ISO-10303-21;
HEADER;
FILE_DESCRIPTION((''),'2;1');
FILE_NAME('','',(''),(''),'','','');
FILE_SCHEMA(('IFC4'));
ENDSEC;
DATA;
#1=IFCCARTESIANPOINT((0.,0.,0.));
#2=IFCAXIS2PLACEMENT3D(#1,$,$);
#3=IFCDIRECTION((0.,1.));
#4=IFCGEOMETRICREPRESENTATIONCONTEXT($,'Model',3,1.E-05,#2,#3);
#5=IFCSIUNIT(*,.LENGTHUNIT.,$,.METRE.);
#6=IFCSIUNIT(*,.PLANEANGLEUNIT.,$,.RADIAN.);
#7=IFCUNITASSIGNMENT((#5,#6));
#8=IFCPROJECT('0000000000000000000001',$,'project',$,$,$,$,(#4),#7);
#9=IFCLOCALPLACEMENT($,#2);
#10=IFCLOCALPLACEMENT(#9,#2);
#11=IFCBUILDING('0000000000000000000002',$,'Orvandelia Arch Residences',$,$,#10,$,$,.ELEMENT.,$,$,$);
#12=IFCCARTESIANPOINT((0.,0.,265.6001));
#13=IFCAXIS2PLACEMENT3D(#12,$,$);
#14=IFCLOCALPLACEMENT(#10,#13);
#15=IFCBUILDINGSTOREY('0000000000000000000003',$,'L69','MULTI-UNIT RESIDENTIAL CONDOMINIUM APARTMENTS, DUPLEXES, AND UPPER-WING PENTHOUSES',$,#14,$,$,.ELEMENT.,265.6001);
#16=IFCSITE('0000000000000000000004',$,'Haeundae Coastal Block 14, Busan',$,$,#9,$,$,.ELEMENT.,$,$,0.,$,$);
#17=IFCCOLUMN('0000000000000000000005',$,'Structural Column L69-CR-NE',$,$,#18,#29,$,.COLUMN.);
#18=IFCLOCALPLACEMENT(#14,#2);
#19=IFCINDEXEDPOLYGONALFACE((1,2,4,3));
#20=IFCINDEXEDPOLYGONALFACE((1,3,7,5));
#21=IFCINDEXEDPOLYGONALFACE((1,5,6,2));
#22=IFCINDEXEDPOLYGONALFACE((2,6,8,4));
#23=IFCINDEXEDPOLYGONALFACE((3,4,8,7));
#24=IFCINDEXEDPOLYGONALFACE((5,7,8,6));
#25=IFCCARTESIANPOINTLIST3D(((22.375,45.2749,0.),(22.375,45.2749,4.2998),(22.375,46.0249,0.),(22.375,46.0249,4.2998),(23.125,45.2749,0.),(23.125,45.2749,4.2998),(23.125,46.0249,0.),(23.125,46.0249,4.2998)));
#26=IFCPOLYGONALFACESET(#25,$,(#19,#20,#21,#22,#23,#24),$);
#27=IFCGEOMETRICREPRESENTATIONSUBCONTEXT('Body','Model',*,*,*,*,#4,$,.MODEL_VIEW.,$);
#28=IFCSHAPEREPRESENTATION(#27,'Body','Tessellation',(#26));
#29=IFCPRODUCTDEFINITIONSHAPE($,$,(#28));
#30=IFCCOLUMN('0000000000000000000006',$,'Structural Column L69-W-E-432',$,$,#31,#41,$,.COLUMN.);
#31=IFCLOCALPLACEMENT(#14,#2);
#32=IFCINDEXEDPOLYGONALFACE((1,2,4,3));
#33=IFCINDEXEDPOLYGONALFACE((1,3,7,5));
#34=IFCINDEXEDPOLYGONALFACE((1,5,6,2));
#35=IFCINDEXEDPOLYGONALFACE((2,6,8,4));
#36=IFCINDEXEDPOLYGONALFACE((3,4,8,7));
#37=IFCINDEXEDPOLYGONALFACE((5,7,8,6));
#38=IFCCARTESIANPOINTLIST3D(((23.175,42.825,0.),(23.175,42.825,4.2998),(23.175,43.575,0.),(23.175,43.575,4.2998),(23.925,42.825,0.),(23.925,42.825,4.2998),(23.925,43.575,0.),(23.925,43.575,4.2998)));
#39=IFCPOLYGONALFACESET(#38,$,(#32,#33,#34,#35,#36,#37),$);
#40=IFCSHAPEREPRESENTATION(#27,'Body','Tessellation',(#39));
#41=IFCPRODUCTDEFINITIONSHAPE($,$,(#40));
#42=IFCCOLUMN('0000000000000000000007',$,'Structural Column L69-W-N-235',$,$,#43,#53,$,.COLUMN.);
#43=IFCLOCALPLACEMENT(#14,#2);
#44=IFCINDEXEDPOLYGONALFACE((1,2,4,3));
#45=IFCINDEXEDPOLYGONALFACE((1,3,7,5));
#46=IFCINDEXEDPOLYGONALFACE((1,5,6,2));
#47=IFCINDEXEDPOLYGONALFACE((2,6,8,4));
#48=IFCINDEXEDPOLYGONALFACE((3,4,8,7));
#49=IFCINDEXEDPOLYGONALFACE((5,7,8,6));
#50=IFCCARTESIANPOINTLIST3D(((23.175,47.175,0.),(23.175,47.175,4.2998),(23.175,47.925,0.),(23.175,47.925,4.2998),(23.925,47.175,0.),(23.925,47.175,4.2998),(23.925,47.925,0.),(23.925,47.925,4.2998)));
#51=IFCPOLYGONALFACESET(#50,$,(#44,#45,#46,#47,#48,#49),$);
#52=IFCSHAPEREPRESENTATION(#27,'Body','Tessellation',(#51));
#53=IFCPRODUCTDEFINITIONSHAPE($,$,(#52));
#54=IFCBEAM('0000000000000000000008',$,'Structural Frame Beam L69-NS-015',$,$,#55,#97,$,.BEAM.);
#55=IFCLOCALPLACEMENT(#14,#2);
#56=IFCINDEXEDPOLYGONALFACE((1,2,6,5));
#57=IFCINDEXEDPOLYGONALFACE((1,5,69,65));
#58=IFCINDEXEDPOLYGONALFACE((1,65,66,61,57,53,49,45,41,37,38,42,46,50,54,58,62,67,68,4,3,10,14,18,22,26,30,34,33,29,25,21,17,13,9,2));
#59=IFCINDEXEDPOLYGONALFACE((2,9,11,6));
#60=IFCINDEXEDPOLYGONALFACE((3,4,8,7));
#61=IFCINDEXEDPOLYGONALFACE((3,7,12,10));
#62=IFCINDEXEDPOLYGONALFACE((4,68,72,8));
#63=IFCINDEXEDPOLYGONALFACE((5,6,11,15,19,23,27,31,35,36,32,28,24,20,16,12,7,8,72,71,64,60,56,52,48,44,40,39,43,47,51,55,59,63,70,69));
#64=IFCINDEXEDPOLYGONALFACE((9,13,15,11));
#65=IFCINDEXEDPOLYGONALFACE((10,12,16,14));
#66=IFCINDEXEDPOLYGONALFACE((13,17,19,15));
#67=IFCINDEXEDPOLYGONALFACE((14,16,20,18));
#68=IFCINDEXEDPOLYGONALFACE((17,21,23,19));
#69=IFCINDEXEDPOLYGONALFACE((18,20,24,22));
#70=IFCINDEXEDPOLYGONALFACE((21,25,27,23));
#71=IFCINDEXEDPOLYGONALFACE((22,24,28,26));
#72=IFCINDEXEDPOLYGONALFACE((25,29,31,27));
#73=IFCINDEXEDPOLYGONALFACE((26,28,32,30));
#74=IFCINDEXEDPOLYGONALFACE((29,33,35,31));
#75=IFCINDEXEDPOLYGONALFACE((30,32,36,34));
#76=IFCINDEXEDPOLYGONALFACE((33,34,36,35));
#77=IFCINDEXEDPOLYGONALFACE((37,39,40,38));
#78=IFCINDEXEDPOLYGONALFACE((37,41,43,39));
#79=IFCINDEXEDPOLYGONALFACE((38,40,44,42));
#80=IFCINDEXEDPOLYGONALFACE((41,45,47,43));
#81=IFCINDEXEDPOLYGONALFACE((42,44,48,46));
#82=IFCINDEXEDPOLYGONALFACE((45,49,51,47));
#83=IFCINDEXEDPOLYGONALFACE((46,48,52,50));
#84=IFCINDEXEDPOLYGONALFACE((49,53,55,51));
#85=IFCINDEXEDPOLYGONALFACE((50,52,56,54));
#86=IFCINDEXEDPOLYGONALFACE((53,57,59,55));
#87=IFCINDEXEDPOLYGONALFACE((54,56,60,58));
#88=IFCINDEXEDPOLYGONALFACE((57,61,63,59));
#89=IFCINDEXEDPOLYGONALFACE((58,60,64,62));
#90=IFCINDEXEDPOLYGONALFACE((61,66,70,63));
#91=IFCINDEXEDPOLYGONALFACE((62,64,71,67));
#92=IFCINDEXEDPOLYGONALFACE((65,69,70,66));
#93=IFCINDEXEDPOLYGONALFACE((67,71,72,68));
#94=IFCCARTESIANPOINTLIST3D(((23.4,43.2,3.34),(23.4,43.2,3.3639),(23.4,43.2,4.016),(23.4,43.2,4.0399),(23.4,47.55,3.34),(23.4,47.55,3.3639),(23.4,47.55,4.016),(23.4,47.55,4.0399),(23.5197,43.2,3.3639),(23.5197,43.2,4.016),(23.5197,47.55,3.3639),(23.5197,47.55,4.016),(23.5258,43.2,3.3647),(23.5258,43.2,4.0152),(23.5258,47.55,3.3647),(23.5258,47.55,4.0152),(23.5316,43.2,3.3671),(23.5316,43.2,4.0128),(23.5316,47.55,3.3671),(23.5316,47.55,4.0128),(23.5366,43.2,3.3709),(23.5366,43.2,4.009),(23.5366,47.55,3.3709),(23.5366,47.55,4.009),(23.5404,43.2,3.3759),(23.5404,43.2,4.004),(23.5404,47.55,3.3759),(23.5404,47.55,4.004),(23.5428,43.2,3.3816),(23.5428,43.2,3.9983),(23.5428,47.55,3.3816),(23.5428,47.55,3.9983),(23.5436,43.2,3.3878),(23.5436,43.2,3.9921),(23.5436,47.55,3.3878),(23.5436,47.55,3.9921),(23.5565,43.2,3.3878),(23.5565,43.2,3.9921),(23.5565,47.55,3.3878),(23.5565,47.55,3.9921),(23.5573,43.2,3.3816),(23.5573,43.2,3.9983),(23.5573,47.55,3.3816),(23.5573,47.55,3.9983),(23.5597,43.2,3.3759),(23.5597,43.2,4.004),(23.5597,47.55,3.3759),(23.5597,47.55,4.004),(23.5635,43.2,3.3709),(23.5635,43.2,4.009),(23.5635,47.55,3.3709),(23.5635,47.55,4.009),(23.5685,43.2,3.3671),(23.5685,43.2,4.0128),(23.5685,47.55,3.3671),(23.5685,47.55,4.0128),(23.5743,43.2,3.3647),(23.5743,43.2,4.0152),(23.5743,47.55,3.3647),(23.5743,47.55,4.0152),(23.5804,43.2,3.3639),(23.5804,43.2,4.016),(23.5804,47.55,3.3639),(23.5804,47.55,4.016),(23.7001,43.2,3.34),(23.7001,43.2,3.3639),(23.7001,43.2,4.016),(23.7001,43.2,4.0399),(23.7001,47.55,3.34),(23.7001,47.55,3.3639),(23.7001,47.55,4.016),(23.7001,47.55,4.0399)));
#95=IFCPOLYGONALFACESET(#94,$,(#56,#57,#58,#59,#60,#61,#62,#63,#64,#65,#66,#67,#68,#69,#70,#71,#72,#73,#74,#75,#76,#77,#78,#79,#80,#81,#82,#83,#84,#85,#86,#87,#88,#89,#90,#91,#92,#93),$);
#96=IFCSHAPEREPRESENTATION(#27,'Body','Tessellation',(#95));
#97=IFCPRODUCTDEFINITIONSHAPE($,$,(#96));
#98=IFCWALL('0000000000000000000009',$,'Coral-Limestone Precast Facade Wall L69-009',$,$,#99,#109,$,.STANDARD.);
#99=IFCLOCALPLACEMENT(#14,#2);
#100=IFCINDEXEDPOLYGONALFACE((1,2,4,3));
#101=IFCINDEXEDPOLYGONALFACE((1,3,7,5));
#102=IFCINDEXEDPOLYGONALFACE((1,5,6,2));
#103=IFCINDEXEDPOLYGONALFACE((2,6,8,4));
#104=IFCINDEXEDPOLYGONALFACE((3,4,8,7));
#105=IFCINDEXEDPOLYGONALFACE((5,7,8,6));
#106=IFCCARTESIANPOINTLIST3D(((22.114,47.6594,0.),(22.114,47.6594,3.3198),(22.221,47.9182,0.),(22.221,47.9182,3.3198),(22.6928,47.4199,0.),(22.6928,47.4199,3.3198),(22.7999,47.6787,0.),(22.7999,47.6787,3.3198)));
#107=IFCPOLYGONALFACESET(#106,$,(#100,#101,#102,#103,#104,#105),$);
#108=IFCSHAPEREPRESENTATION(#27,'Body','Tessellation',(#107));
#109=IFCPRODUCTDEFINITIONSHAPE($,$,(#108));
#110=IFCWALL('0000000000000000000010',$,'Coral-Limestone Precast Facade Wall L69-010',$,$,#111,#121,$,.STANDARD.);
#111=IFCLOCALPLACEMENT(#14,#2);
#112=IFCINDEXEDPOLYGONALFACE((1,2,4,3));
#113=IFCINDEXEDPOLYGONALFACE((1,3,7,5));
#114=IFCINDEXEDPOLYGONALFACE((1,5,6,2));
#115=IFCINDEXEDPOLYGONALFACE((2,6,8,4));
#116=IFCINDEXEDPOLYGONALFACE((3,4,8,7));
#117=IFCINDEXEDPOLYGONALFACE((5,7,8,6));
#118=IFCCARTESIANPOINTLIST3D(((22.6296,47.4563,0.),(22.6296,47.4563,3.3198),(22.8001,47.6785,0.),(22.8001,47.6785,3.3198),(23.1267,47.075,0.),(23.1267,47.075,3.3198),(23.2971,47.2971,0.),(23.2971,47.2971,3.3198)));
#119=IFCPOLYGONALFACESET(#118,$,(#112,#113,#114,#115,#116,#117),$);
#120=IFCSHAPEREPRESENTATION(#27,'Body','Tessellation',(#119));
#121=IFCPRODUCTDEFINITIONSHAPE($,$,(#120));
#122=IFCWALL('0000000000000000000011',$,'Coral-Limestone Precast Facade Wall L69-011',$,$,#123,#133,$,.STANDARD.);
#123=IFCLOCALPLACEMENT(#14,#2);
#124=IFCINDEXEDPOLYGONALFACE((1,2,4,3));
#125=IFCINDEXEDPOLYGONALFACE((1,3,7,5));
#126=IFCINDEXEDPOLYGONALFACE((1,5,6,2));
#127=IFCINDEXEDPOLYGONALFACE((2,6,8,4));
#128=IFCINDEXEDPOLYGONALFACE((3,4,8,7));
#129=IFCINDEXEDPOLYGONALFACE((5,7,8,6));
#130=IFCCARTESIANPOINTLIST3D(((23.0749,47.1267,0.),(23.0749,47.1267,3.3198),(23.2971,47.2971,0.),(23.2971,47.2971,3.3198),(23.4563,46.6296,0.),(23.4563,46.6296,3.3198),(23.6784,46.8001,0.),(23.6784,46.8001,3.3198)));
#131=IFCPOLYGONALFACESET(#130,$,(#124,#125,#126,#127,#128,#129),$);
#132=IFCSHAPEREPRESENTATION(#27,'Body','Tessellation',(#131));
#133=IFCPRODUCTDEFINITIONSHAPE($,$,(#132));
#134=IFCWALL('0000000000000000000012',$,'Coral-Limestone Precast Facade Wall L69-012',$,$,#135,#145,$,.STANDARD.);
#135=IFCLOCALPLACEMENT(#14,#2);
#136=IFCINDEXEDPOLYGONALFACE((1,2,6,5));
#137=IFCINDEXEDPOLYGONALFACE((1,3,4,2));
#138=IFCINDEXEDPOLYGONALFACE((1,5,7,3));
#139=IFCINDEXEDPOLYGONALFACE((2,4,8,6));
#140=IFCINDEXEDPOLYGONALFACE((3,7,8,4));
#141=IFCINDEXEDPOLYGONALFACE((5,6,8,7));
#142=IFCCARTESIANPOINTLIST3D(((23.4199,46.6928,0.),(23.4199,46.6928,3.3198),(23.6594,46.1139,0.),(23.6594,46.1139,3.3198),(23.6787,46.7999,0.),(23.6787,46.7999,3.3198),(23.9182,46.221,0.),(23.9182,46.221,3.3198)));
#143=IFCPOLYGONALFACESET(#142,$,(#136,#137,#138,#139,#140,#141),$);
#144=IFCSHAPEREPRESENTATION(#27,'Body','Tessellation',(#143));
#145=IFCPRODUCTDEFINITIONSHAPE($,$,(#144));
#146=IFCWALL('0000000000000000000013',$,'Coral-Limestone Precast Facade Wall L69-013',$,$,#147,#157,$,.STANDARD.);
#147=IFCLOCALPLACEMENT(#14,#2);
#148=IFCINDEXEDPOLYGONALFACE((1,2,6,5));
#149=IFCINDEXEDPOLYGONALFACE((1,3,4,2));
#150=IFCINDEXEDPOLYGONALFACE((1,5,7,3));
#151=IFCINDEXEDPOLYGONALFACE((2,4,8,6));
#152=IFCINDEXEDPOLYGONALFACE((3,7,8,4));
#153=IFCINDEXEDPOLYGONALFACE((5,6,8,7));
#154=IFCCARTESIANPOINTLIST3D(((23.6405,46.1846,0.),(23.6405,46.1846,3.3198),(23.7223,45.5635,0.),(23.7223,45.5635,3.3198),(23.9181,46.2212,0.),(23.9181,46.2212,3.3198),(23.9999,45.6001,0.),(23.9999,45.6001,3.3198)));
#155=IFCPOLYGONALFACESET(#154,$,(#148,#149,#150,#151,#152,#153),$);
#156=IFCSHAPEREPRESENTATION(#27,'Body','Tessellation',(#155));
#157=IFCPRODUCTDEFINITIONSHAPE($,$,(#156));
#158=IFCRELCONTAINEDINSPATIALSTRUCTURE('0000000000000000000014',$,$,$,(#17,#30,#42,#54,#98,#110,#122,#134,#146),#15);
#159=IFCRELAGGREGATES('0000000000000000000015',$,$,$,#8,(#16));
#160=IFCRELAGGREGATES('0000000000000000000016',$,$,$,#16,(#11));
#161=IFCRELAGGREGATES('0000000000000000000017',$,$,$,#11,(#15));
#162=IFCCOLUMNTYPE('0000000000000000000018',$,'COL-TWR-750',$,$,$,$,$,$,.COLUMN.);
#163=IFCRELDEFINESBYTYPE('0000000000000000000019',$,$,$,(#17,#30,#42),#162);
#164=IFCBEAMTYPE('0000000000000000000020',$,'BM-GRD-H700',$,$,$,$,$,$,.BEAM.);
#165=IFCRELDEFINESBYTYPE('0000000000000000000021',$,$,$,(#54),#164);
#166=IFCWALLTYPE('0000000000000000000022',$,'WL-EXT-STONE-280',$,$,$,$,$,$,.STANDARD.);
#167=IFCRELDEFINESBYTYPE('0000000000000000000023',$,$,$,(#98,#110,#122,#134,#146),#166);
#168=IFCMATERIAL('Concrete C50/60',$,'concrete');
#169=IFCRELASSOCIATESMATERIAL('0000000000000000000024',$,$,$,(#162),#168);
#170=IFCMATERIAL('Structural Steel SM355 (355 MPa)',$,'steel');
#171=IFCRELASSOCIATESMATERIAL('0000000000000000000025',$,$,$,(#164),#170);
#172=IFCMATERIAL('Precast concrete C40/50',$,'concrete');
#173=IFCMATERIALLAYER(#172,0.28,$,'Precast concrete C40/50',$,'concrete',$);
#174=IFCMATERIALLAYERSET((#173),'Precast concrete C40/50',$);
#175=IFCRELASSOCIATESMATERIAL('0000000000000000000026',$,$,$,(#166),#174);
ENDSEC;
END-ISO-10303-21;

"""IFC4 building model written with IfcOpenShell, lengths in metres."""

from ifc_helpers import new_model, si_unit, direction, frame, frame_2d, origin, origin_2d, place, context, subcontext, project, spatial, rectangle, i_section, extrude, material, layer, layer_set, material_profile, profile_set, type_object, element, save


model = new_model("IFC4")

# Units and contexts
model_context = context("Model", 3, precision=1e-05, world=origin(), true_north=direction((0.0, 1.0)))
body_context = subcontext(model_context, "Body", "Model", "MODEL_VIEW")
ifc_project = project(units=[si_unit("LENGTHUNIT", "METRE"), si_unit("PLANEANGLEUNIT", "RADIAN")], contexts=[model_context])

# Site, building, storey
site_placement = place(None, origin())
site = spatial("IfcSite", under=ifc_project, at=site_placement, Name="Haeundae Coastal Block 14, Busan", CompositionType="ELEMENT", RefElevation=0.0)
building_placement = place(site_placement, origin())
building = spatial("IfcBuilding", under=site, at=building_placement, Name="Orvandelia Arch Residences", CompositionType="ELEMENT")
storey_placement = place(building_placement, frame((0.0, 0.0, 265.6001)))
storey = spatial("IfcBuildingStorey", under=building, at=storey_placement, Name="L69", Description="MULTI-UNIT RESIDENTIAL CONDOMINIUM APARTMENTS, DUPLEXES, AND UPPER-WING PENTHOUSES", CompositionType="ELEMENT", Elevation=265.6001)

# Columns
ifc_material_1 = material(Name="Concrete C50/60", Category="concrete")
ifc_material_profile_1 = material_profile(ifc_material_1, rectangle(XDim=0.75, YDim=0.75, at=origin_2d()), Name="Concrete C50/60", Category="concrete")
ifc_profile_set_1 = profile_set([ifc_material_profile_1], Name="Concrete C50/60")
column_type = type_object("IfcColumnType", Name="COL-TWR-750", PredefinedType="COLUMN", material=ifc_profile_set_1)
for number, where, z_axis, x_axis, name in (
    (1, (22.75, 45.6499, 0.0), (0.0, 0.0, 1.0), (1.0, 0.0, 0.0), "Structural Column L69-CR-NE"),
    (2, (23.55, 43.2, 0.0), (0.0, 0.0, 1.0), (1.0, 0.0, 0.0), "Structural Column L69-W-E-432"),
    (3, (23.55, 47.55, 0.0), (0.0, 0.0, 1.0), (1.0, 0.0, 0.0), "Structural Column L69-W-N-235"),
):
    element("IfcColumn", number, at=place(storey_placement, frame(where, z_axis=z_axis, x_axis=x_axis)), inside=storey, type_object=column_type, Name=name, PredefinedType="COLUMN", context=body_context, shape_type="SweptSolid", body=[
        extrude(rectangle(XDim=0.75, YDim=0.75, at=origin_2d()), origin(), (0.0, 0.0, 1.0), 4.2998),
    ])

# Beam
ifc_material_2 = material(Name="Structural Steel SM355 (355 MPa)", Category="steel")
ifc_material_profile_2 = material_profile(ifc_material_2, i_section(OverallWidth=0.3, OverallDepth=0.7, WebThickness=0.0129, FlangeThickness=0.0239, FilletRadius=0.0239, at=origin_2d()), Name="Structural Steel SM355 (355 MPa)", Category="steel")
ifc_profile_set_2 = profile_set([ifc_material_profile_2], Name="Structural Steel SM355 (355 MPa)")
beam_type = type_object("IfcBeamType", Name="BM-GRD-H700", PredefinedType="BEAM", material=ifc_profile_set_2)
beam_placement = place(storey_placement, frame((23.55, 43.2, 3.6899), z_axis=(0.0, 1.0, 0.0), x_axis=(-1.0, 0.0, 0.0)))
element("IfcBeam", 4, at=beam_placement, inside=storey, type_object=beam_type, Name="Structural Frame Beam L69-NS-015", PredefinedType="BEAM", context=body_context, shape_type="SweptSolid", body=[
    extrude(i_section(OverallWidth=0.3, OverallDepth=0.7, WebThickness=0.0129, FlangeThickness=0.0239, FilletRadius=0.0239, at=origin_2d()), origin(), (0.0, 0.0, 1.0), 4.3501),
])

# Walls
ifc_material_3 = material(Name="Precast concrete C40/50", Category="concrete")
ifc_layer_1 = layer(ifc_material_3, 0.28, Name="Precast concrete C40/50", Category="concrete")
ifc_layer_set_1 = layer_set([ifc_layer_1], Name="Precast concrete C40/50")
wall_type_1 = type_object("IfcWallType", Name="WL-EXT-STONE-280", PredefinedType="STANDARD", material=ifc_layer_set_1)
for number, where, z_axis, x_axis, name in (
    (5, (22.1675, 47.7888, 0.0), (0.0, 0.0, 1.0), (0.924031, -0.382317, 0.0), "Coral-Limestone Precast Facade Wall L69-009"),
    (6, (22.7148, 47.5674, 0.0), (0.0, 0.0, 1.0), (0.793406, -0.608693, 0.0), "Coral-Limestone Precast Facade Wall L69-010"),
    (7, (23.186, 47.2119, 0.0), (0.0, 0.0, 1.0), (0.608693, -0.793406, 0.0), "Coral-Limestone Precast Facade Wall L69-011"),
    (8, (23.5493, 46.7463, 0.0), (0.0, 0.0, 1.0), (0.382317, -0.924031, 0.0), "Coral-Limestone Precast Facade Wall L69-012"),
    (9, (23.7793, 46.2029, 0.0), (0.0, 0.0, 1.0), (0.130555, -0.991441, 0.0), "Coral-Limestone Precast Facade Wall L69-013"),
):
    element("IfcWall", number, at=place(storey_placement, frame(where, z_axis=z_axis, x_axis=x_axis)), inside=storey, type_object=wall_type_1, Name=name, PredefinedType="STANDARD", context=body_context, shape_type="SweptSolid", body=[
        extrude(rectangle(XDim=0.6265, YDim=0.28, at=frame_2d((0.3132, 0.0))), origin(), (0.0, 0.0, 1.0), 3.3198),
    ])

save(model, "model.ifc")
